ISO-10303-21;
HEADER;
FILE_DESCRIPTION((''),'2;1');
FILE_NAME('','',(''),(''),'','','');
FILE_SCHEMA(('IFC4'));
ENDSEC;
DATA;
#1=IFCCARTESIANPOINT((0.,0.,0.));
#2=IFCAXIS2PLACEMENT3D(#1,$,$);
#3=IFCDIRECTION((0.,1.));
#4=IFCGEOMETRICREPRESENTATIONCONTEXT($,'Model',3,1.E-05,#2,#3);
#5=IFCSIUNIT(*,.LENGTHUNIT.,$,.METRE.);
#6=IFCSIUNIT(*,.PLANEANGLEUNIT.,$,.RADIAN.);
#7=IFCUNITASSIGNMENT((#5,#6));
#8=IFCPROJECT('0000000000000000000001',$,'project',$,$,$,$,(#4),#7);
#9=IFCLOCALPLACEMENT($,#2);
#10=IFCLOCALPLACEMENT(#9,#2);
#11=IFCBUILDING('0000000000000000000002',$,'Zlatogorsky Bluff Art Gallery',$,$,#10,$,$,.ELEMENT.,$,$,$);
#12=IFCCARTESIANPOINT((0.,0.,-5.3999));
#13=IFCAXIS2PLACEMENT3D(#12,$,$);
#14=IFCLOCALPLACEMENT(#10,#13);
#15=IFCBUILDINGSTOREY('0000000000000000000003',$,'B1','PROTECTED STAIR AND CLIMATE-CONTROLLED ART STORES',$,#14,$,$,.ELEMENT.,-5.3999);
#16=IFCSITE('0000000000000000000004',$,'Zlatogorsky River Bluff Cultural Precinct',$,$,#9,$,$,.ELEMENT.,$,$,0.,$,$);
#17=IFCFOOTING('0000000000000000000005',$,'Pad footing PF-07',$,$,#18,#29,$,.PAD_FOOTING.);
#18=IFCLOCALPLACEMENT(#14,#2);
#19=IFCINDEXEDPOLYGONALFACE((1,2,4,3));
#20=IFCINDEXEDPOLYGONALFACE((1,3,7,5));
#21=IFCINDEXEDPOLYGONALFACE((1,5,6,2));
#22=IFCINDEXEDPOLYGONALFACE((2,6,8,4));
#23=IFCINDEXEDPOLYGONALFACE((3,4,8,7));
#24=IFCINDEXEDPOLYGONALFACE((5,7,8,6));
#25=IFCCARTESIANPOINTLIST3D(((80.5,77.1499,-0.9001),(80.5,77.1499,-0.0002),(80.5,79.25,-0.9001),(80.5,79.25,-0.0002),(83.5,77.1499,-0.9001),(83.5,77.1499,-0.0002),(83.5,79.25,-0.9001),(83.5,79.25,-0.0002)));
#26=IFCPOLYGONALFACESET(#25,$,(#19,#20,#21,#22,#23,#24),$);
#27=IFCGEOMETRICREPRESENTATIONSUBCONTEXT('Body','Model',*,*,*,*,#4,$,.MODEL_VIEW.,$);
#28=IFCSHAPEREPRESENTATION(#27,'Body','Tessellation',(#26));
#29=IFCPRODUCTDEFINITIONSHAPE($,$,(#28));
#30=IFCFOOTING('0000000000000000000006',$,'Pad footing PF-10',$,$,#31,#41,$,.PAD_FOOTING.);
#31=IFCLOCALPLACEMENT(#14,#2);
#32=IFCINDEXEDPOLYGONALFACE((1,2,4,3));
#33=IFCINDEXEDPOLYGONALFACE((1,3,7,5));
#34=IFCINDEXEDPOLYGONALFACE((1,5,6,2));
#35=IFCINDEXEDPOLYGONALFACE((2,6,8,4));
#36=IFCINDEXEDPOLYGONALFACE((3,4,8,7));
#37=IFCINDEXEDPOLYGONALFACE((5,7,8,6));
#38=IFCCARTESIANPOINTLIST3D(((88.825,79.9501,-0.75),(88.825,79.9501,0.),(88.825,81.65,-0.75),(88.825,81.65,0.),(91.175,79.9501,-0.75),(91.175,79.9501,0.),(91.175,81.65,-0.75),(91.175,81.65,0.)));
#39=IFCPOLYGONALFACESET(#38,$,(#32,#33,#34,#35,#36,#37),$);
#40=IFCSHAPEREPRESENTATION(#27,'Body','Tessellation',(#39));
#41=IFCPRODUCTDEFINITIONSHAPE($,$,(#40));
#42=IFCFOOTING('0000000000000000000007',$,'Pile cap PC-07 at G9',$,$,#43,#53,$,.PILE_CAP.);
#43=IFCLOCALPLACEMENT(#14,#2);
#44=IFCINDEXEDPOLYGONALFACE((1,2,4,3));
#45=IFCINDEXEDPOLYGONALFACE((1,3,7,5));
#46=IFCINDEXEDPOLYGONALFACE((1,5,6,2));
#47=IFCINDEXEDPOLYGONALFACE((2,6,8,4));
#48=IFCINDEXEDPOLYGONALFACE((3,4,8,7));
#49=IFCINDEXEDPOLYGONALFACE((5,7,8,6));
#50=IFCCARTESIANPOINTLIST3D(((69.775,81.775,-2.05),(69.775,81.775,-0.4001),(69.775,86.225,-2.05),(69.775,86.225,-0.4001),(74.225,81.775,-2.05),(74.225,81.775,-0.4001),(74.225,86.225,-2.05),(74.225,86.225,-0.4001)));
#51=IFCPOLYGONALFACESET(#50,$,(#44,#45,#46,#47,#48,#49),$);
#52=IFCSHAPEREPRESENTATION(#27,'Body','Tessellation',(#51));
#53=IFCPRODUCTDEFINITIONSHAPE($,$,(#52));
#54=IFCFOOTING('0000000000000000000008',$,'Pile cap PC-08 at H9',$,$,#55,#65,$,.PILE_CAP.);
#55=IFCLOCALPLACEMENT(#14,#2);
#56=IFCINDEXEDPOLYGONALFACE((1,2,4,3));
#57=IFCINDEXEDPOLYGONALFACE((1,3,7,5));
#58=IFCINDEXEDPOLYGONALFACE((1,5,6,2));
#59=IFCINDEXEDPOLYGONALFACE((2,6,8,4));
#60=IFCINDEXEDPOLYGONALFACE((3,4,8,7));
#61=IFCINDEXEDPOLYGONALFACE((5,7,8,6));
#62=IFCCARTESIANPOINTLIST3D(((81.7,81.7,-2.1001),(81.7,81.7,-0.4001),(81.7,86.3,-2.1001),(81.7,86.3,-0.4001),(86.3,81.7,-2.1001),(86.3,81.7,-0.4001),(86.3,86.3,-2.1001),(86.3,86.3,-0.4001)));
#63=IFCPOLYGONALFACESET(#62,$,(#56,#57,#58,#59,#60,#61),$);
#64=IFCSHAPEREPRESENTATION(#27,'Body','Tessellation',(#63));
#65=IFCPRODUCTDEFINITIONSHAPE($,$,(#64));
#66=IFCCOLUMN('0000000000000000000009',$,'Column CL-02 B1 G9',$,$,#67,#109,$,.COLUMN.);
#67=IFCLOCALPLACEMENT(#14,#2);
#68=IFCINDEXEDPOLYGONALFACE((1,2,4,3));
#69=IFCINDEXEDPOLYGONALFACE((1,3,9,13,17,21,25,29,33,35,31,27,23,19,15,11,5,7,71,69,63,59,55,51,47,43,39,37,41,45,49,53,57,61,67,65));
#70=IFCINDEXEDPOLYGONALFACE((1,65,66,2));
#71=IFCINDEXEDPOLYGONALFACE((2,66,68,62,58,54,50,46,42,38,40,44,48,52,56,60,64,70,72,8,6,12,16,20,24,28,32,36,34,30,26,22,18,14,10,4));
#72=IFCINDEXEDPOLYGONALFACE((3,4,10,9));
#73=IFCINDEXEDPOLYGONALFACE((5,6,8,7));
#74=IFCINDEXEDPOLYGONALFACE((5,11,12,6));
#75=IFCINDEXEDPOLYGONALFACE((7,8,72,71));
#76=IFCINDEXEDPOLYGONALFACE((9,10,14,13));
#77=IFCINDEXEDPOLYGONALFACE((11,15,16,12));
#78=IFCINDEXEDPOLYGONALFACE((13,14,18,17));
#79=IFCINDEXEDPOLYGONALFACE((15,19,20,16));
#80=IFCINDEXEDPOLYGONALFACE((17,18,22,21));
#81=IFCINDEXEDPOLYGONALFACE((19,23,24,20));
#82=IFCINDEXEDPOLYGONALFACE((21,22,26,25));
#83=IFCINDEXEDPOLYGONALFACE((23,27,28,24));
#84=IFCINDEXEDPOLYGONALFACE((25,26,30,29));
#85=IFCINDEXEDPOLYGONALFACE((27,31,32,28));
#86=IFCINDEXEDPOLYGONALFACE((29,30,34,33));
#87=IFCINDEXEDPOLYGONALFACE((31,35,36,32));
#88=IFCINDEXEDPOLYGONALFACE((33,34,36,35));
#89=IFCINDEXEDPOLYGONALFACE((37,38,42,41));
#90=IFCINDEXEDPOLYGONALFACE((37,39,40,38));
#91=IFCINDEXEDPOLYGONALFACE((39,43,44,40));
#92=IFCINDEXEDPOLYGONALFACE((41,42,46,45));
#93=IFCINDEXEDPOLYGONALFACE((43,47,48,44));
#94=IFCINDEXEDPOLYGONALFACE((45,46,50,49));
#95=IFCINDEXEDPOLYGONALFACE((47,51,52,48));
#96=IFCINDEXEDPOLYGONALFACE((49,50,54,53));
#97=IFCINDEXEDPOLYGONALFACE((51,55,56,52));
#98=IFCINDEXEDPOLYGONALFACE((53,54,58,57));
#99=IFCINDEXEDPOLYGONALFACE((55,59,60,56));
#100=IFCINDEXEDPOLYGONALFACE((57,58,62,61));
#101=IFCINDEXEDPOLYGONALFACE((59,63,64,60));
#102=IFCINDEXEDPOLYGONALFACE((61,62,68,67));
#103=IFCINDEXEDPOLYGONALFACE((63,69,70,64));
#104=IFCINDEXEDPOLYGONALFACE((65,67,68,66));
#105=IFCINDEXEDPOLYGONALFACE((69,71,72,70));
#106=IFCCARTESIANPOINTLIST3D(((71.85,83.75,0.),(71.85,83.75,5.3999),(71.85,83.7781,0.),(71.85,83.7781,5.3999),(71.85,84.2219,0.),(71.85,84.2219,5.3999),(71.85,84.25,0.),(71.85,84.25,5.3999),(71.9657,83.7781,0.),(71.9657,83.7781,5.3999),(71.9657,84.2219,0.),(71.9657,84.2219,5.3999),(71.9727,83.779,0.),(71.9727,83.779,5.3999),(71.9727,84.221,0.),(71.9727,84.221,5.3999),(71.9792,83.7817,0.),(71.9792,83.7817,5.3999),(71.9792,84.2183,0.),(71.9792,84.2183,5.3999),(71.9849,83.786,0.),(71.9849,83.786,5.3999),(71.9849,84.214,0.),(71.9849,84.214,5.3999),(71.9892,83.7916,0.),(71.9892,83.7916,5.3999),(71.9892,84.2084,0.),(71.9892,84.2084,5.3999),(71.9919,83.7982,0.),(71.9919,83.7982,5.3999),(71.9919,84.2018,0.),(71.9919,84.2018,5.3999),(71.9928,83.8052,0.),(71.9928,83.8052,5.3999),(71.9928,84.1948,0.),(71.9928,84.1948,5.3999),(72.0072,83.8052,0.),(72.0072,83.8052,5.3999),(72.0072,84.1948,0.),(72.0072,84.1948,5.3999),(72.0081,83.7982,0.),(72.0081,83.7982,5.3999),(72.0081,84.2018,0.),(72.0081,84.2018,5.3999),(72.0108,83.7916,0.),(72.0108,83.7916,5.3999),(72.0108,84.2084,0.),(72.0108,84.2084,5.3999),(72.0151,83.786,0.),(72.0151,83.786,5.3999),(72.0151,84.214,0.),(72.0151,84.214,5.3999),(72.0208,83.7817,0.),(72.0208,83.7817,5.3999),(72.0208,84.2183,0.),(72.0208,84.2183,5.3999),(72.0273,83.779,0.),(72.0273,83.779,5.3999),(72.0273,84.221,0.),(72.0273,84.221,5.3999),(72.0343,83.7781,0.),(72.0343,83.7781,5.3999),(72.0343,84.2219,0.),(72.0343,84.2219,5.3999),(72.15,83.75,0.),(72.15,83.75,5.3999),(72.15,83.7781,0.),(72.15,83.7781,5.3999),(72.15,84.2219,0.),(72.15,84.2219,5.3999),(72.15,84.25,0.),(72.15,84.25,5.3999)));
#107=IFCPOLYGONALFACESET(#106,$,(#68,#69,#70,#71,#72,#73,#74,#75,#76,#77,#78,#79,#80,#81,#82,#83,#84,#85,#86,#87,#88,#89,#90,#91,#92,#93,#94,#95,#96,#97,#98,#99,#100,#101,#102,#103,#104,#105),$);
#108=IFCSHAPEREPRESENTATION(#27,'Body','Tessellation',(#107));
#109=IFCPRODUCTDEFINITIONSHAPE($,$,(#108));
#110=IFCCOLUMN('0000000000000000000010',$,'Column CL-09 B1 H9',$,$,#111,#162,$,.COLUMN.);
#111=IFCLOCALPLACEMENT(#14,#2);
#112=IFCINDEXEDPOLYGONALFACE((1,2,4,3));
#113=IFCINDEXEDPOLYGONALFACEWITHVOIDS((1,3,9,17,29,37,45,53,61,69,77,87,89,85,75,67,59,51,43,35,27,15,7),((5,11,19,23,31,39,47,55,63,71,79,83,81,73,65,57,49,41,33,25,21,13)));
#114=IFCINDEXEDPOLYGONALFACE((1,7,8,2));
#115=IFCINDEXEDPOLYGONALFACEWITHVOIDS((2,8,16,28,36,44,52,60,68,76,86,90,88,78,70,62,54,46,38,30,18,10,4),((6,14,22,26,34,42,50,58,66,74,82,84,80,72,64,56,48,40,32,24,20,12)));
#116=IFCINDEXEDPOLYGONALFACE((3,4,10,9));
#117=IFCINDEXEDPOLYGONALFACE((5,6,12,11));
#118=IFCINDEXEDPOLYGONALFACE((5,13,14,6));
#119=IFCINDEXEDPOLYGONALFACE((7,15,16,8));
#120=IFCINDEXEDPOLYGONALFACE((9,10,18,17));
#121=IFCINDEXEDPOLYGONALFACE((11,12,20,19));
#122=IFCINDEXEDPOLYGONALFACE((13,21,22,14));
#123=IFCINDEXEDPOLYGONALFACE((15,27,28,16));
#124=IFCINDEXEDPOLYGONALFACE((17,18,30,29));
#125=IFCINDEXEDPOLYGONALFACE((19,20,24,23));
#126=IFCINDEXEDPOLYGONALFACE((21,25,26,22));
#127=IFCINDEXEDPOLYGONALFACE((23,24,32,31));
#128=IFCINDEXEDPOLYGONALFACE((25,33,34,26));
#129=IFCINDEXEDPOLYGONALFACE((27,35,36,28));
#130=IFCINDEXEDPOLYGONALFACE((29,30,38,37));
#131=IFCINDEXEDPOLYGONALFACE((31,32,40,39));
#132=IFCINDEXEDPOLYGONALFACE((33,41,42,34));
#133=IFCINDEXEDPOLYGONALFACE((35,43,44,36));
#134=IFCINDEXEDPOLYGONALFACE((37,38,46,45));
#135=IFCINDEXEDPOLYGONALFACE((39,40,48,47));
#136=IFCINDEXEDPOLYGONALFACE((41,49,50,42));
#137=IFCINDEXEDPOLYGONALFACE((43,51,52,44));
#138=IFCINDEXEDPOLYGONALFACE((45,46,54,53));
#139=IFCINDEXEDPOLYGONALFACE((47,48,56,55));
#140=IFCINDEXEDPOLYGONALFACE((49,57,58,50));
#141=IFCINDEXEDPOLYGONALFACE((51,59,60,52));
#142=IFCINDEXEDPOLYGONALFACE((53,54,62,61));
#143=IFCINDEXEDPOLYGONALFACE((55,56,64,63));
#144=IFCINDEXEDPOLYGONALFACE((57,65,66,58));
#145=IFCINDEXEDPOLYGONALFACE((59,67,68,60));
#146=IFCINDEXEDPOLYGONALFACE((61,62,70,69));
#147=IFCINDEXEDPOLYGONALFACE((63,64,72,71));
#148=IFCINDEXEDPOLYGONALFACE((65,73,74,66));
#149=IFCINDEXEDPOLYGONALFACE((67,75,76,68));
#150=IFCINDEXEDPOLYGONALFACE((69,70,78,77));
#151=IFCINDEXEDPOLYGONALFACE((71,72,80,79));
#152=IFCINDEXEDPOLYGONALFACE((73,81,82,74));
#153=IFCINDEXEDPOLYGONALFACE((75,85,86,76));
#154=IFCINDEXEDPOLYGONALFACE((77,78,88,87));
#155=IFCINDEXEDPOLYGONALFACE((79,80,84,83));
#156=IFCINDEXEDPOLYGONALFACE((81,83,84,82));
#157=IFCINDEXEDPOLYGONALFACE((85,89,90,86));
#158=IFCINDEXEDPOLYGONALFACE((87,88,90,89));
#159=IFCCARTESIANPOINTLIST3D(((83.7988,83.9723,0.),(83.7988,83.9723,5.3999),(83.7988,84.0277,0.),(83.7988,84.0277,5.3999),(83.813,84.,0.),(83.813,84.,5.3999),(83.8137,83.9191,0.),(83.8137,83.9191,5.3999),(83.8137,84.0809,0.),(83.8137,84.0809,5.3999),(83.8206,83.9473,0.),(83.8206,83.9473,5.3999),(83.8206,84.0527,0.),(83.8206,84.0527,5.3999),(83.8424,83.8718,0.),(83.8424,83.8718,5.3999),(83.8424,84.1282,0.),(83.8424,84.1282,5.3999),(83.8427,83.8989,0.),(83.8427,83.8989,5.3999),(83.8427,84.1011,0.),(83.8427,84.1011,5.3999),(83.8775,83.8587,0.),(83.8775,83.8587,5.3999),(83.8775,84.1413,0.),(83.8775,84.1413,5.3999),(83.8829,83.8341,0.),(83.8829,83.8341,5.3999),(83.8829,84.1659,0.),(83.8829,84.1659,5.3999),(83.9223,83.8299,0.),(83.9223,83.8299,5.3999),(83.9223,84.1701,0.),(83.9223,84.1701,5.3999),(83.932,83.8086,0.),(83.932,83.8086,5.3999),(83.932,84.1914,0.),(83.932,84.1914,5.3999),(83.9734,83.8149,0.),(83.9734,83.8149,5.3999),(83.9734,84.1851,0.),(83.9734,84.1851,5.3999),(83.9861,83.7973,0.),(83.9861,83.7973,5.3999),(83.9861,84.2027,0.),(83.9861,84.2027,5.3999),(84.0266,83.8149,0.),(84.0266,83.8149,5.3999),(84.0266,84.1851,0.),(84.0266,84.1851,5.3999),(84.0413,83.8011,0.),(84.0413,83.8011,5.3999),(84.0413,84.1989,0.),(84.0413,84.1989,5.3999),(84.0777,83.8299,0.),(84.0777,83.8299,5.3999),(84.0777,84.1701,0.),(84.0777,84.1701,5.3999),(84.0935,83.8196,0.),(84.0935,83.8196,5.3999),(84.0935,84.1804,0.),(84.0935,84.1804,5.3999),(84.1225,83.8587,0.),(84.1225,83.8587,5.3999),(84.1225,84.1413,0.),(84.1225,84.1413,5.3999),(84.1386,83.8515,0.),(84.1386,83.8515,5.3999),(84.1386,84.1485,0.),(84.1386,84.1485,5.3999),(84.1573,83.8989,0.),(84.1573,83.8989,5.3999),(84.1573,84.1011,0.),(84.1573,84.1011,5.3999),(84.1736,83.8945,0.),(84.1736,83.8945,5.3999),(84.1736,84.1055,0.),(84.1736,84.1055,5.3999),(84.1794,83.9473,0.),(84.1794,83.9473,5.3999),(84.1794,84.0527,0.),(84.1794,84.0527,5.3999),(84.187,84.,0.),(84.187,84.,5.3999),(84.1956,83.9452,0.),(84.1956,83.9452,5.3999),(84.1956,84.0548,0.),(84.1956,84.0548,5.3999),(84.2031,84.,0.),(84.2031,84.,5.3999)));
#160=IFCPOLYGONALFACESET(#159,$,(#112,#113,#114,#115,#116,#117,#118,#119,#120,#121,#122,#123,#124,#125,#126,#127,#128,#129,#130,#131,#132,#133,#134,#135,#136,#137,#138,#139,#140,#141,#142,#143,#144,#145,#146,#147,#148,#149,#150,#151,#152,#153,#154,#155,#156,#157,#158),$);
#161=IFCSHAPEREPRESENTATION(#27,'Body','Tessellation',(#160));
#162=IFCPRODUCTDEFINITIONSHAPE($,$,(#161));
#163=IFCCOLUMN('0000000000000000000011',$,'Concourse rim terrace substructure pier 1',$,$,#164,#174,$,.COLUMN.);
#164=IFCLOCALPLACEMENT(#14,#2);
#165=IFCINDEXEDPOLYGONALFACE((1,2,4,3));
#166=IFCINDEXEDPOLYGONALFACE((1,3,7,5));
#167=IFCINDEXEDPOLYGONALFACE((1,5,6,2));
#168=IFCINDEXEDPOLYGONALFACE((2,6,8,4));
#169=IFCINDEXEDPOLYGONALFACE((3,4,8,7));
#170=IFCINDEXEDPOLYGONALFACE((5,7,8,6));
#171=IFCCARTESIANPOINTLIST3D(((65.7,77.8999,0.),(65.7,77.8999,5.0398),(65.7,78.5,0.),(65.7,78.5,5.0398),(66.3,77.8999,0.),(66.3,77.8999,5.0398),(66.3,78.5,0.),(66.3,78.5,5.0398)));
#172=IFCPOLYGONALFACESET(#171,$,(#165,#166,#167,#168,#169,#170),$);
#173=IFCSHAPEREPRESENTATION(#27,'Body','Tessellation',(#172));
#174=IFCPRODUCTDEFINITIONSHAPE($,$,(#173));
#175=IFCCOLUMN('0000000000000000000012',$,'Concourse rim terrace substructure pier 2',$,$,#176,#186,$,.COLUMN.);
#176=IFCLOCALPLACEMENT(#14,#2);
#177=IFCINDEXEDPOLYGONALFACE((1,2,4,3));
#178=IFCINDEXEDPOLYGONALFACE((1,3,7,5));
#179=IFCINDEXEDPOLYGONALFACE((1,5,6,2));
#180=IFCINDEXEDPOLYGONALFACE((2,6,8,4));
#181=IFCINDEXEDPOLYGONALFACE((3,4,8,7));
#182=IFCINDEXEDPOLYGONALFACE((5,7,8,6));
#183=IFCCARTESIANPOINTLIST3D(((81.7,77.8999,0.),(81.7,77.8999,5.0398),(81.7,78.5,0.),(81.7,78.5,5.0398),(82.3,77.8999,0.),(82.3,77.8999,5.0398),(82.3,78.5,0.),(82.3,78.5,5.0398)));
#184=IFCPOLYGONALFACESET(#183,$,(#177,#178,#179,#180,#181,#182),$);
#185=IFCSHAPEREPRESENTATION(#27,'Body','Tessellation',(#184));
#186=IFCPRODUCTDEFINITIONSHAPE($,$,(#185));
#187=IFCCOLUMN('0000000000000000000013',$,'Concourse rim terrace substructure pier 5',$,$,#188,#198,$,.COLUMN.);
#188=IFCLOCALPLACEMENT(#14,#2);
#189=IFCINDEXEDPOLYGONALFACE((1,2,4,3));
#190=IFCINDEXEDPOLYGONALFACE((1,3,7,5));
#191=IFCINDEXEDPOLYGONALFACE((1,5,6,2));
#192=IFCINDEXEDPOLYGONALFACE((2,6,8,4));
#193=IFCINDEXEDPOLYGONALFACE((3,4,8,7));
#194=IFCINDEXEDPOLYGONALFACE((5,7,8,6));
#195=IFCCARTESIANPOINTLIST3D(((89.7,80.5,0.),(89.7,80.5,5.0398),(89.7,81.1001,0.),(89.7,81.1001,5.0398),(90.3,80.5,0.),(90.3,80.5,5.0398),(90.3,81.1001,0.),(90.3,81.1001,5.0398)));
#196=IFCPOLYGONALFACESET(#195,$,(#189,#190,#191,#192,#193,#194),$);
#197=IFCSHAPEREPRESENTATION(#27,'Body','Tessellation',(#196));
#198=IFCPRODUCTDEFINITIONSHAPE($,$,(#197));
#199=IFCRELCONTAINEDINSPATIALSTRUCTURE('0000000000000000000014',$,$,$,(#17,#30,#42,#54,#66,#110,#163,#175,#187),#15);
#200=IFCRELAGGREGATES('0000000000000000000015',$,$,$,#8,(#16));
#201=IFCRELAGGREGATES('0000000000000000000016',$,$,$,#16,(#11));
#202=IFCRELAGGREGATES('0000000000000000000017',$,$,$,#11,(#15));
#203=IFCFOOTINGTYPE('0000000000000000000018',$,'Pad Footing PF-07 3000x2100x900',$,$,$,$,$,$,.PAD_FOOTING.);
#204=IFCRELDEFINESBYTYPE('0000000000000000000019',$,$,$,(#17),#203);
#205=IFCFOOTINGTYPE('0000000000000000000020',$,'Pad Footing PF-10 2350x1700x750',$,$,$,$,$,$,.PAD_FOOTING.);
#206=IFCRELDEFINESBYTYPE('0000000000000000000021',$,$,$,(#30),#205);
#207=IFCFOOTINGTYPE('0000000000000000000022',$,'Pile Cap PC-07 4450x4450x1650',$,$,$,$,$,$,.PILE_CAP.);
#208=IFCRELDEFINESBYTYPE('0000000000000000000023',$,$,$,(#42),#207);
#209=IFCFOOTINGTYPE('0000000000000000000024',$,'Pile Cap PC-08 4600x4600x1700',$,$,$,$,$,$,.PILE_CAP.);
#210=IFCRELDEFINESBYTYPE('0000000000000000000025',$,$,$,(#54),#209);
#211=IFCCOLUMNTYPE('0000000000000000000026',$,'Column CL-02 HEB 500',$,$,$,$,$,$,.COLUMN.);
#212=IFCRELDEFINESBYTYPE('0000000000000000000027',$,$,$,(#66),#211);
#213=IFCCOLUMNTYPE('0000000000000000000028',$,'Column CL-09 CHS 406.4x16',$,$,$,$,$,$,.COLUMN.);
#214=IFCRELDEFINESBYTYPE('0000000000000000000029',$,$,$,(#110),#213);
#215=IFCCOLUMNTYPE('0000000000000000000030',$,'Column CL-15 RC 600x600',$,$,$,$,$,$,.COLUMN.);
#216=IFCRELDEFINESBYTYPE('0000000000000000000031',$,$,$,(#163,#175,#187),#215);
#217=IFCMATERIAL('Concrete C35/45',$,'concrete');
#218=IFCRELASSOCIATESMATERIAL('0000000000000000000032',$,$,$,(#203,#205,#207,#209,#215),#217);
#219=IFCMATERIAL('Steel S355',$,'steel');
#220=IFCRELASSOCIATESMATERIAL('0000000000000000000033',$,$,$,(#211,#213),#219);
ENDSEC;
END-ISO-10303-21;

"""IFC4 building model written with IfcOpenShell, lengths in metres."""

from ifc_helpers import new_model, si_unit, direction, frame, origin, origin_2d, place, context, subcontext, project, spatial, rectangle, hollow_circle, i_section, extrude, material, material_profile, profile_set, type_object, element, save


model = new_model("IFC4")

# Units and contexts
model_context = context("Model", 3, precision=1e-05, world=origin(), true_north=direction((0.0, 1.0)))
body_context = subcontext(model_context, "Body", "Model", "MODEL_VIEW")
ifc_project = project(units=[si_unit("LENGTHUNIT", "METRE"), si_unit("PLANEANGLEUNIT", "RADIAN")], contexts=[model_context])

# Site, building, storey
site_placement = place(None, origin())
site = spatial("IfcSite", under=ifc_project, at=site_placement, Name="Zlatogorsky River Bluff Cultural Precinct", CompositionType="ELEMENT", RefElevation=0.0)
building_placement = place(site_placement, origin())
building = spatial("IfcBuilding", under=site, at=building_placement, Name="Zlatogorsky Bluff Art Gallery", CompositionType="ELEMENT")
storey_placement = place(building_placement, frame((0.0, 0.0, -5.3999)))
storey = spatial("IfcBuildingStorey", under=building, at=storey_placement, Name="B1", Description="PROTECTED STAIR AND CLIMATE-CONTROLLED ART STORES", CompositionType="ELEMENT", Elevation=-5.3999)

# Shared definitions
ifc_material_1 = material(Name="Concrete C35/45", Category="concrete")

# Footings
footing_type_1 = type_object("IfcFootingType", Name="Pad Footing PF-07 3000x2100x900", PredefinedType="PAD_FOOTING", material=ifc_material_1)
footing_1_placement = place(storey_placement, frame((82.0, 78.2, -0.9001), z_axis=(0.0, 0.0, 1.0), x_axis=(1.0, 0.0, 0.0)))
element("IfcFooting", 1, at=footing_1_placement, inside=storey, type_object=footing_type_1, Name="Pad footing PF-07", PredefinedType="PAD_FOOTING", context=body_context, shape_type="SweptSolid", body=[
    extrude(rectangle(XDim=3.0, YDim=2.1001, at=origin_2d()), origin(), (0.0, 0.0, 1.0), 0.8999),
])
footing_type_2 = type_object("IfcFootingType", Name="Pad Footing PF-10 2350x1700x750", PredefinedType="PAD_FOOTING", material=ifc_material_1)
footing_2_placement = place(storey_placement, frame((90.0, 80.8, -0.75), z_axis=(0.0, 0.0, 1.0), x_axis=(1.0, 0.0, 0.0)))
element("IfcFooting", 2, at=footing_2_placement, inside=storey, type_object=footing_type_2, Name="Pad footing PF-10", PredefinedType="PAD_FOOTING", context=body_context, shape_type="SweptSolid", body=[
    extrude(rectangle(XDim=2.3501, YDim=1.7, at=origin_2d()), origin(), (0.0, 0.0, 1.0), 0.75),
])
footing_type_3 = type_object("IfcFootingType", Name="Pile Cap PC-07 4450x4450x1650", PredefinedType="PILE_CAP", material=ifc_material_1)
footing_3_placement = place(storey_placement, frame((72.0, 84.0, -2.05), z_axis=(0.0, 0.0, 1.0), x_axis=(1.0, 0.0, 0.0)))
element("IfcFooting", 3, at=footing_3_placement, inside=storey, type_object=footing_type_3, Name="Pile cap PC-07 at G9", PredefinedType="PILE_CAP", context=body_context, shape_type="SweptSolid", body=[
    extrude(rectangle(XDim=4.45, YDim=4.45, at=origin_2d()), origin(), (0.0, 0.0, 1.0), 1.6499),
])
footing_type_4 = type_object("IfcFootingType", Name="Pile Cap PC-08 4600x4600x1700", PredefinedType="PILE_CAP", material=ifc_material_1)
footing_4_placement = place(storey_placement, frame((84.0, 84.0, -2.1001), z_axis=(0.0, 0.0, 1.0), x_axis=(1.0, 0.0, 0.0)))
element("IfcFooting", 4, at=footing_4_placement, inside=storey, type_object=footing_type_4, Name="Pile cap PC-08 at H9", PredefinedType="PILE_CAP", context=body_context, shape_type="SweptSolid", body=[
    extrude(rectangle(XDim=4.6001, YDim=4.6001, at=origin_2d()), origin(), (0.0, 0.0, 1.0), 1.7),
])

# Columns
ifc_material_2 = material(Name="Steel S355", Category="steel")
ifc_material_profile_1 = material_profile(ifc_material_2, i_section(OverallWidth=0.3, OverallDepth=0.5, WebThickness=0.0144, FlangeThickness=0.0281, FilletRadius=0.0271, at=origin_2d()), Name="HEB 500")
ifc_profile_set_1 = profile_set([ifc_material_profile_1], Name="Steel S355")
column_type_1 = type_object("IfcColumnType", Name="Column CL-02 HEB 500", PredefinedType="COLUMN", material=ifc_profile_set_1)
column_1_placement = place(storey_placement, frame((72.0, 84.0, 0.0), z_axis=(0.0, 0.0, 1.0), x_axis=(1.0, 0.0, 0.0)))
element("IfcColumn", 5, at=column_1_placement, inside=storey, type_object=column_type_1, Name="Column CL-02 B1 G9", PredefinedType="COLUMN", context=body_context, shape_type="SweptSolid", body=[
    extrude(i_section(OverallWidth=0.3, OverallDepth=0.5, WebThickness=0.0144, FlangeThickness=0.0281, FilletRadius=0.0271, at=origin_2d()), origin(), (0.0, 0.0, 1.0), 5.3999),
])
ifc_material_profile_2 = material_profile(ifc_material_2, hollow_circle(Radius=0.2031, WallThickness=0.0161, at=origin_2d()), Name="CHS 406.4x16")
ifc_profile_set_2 = profile_set([ifc_material_profile_2], Name="Steel S355")
column_type_2 = type_object("IfcColumnType", Name="Column CL-09 CHS 406.4x16", PredefinedType="COLUMN", material=ifc_profile_set_2)
column_2_placement = place(storey_placement, frame((84.0, 84.0, 0.0), z_axis=(0.0, 0.0, 1.0), x_axis=(1.0, 0.0, 0.0)))
element("IfcColumn", 6, at=column_2_placement, inside=storey, type_object=column_type_2, Name="Column CL-09 B1 H9", PredefinedType="COLUMN", context=body_context, shape_type="SweptSolid", body=[
    extrude(hollow_circle(Radius=0.2031, WallThickness=0.0161, at=origin_2d()), origin(), (0.0, 0.0, 1.0), 5.3999),
])
ifc_material_profile_3 = material_profile(ifc_material_1, rectangle(XDim=0.6001, YDim=0.6001, at=origin_2d()), Name="RC 600x600")
ifc_profile_set_3 = profile_set([ifc_material_profile_3], Name="Concrete C35/45")
column_type_3 = type_object("IfcColumnType", Name="Column CL-15 RC 600x600", PredefinedType="COLUMN", material=ifc_profile_set_3)
for number, where, z_axis, x_axis, name in (
    (7, (66.0, 78.2, 0.0), (0.0, 0.0, 1.0), (1.0, 0.0, 0.0), "Concourse rim terrace substructure pier 1"),
    (8, (82.0, 78.2, 0.0), (0.0, 0.0, 1.0), (1.0, 0.0, 0.0), "Concourse rim terrace substructure pier 2"),
    (9, (90.0, 80.8, 0.0), (0.0, 0.0, 1.0), (1.0, 0.0, 0.0), "Concourse rim terrace substructure pier 5"),
):
    element("IfcColumn", number, at=place(storey_placement, frame(where, z_axis=z_axis, x_axis=x_axis)), inside=storey, type_object=column_type_3, Name=name, PredefinedType="COLUMN", context=body_context, shape_type="SweptSolid", body=[
        extrude(rectangle(XDim=0.6001, YDim=0.6001, at=origin_2d()), origin(), (0.0, 0.0, 1.0), 5.0398),
    ])

save(model, "model.ifc")
